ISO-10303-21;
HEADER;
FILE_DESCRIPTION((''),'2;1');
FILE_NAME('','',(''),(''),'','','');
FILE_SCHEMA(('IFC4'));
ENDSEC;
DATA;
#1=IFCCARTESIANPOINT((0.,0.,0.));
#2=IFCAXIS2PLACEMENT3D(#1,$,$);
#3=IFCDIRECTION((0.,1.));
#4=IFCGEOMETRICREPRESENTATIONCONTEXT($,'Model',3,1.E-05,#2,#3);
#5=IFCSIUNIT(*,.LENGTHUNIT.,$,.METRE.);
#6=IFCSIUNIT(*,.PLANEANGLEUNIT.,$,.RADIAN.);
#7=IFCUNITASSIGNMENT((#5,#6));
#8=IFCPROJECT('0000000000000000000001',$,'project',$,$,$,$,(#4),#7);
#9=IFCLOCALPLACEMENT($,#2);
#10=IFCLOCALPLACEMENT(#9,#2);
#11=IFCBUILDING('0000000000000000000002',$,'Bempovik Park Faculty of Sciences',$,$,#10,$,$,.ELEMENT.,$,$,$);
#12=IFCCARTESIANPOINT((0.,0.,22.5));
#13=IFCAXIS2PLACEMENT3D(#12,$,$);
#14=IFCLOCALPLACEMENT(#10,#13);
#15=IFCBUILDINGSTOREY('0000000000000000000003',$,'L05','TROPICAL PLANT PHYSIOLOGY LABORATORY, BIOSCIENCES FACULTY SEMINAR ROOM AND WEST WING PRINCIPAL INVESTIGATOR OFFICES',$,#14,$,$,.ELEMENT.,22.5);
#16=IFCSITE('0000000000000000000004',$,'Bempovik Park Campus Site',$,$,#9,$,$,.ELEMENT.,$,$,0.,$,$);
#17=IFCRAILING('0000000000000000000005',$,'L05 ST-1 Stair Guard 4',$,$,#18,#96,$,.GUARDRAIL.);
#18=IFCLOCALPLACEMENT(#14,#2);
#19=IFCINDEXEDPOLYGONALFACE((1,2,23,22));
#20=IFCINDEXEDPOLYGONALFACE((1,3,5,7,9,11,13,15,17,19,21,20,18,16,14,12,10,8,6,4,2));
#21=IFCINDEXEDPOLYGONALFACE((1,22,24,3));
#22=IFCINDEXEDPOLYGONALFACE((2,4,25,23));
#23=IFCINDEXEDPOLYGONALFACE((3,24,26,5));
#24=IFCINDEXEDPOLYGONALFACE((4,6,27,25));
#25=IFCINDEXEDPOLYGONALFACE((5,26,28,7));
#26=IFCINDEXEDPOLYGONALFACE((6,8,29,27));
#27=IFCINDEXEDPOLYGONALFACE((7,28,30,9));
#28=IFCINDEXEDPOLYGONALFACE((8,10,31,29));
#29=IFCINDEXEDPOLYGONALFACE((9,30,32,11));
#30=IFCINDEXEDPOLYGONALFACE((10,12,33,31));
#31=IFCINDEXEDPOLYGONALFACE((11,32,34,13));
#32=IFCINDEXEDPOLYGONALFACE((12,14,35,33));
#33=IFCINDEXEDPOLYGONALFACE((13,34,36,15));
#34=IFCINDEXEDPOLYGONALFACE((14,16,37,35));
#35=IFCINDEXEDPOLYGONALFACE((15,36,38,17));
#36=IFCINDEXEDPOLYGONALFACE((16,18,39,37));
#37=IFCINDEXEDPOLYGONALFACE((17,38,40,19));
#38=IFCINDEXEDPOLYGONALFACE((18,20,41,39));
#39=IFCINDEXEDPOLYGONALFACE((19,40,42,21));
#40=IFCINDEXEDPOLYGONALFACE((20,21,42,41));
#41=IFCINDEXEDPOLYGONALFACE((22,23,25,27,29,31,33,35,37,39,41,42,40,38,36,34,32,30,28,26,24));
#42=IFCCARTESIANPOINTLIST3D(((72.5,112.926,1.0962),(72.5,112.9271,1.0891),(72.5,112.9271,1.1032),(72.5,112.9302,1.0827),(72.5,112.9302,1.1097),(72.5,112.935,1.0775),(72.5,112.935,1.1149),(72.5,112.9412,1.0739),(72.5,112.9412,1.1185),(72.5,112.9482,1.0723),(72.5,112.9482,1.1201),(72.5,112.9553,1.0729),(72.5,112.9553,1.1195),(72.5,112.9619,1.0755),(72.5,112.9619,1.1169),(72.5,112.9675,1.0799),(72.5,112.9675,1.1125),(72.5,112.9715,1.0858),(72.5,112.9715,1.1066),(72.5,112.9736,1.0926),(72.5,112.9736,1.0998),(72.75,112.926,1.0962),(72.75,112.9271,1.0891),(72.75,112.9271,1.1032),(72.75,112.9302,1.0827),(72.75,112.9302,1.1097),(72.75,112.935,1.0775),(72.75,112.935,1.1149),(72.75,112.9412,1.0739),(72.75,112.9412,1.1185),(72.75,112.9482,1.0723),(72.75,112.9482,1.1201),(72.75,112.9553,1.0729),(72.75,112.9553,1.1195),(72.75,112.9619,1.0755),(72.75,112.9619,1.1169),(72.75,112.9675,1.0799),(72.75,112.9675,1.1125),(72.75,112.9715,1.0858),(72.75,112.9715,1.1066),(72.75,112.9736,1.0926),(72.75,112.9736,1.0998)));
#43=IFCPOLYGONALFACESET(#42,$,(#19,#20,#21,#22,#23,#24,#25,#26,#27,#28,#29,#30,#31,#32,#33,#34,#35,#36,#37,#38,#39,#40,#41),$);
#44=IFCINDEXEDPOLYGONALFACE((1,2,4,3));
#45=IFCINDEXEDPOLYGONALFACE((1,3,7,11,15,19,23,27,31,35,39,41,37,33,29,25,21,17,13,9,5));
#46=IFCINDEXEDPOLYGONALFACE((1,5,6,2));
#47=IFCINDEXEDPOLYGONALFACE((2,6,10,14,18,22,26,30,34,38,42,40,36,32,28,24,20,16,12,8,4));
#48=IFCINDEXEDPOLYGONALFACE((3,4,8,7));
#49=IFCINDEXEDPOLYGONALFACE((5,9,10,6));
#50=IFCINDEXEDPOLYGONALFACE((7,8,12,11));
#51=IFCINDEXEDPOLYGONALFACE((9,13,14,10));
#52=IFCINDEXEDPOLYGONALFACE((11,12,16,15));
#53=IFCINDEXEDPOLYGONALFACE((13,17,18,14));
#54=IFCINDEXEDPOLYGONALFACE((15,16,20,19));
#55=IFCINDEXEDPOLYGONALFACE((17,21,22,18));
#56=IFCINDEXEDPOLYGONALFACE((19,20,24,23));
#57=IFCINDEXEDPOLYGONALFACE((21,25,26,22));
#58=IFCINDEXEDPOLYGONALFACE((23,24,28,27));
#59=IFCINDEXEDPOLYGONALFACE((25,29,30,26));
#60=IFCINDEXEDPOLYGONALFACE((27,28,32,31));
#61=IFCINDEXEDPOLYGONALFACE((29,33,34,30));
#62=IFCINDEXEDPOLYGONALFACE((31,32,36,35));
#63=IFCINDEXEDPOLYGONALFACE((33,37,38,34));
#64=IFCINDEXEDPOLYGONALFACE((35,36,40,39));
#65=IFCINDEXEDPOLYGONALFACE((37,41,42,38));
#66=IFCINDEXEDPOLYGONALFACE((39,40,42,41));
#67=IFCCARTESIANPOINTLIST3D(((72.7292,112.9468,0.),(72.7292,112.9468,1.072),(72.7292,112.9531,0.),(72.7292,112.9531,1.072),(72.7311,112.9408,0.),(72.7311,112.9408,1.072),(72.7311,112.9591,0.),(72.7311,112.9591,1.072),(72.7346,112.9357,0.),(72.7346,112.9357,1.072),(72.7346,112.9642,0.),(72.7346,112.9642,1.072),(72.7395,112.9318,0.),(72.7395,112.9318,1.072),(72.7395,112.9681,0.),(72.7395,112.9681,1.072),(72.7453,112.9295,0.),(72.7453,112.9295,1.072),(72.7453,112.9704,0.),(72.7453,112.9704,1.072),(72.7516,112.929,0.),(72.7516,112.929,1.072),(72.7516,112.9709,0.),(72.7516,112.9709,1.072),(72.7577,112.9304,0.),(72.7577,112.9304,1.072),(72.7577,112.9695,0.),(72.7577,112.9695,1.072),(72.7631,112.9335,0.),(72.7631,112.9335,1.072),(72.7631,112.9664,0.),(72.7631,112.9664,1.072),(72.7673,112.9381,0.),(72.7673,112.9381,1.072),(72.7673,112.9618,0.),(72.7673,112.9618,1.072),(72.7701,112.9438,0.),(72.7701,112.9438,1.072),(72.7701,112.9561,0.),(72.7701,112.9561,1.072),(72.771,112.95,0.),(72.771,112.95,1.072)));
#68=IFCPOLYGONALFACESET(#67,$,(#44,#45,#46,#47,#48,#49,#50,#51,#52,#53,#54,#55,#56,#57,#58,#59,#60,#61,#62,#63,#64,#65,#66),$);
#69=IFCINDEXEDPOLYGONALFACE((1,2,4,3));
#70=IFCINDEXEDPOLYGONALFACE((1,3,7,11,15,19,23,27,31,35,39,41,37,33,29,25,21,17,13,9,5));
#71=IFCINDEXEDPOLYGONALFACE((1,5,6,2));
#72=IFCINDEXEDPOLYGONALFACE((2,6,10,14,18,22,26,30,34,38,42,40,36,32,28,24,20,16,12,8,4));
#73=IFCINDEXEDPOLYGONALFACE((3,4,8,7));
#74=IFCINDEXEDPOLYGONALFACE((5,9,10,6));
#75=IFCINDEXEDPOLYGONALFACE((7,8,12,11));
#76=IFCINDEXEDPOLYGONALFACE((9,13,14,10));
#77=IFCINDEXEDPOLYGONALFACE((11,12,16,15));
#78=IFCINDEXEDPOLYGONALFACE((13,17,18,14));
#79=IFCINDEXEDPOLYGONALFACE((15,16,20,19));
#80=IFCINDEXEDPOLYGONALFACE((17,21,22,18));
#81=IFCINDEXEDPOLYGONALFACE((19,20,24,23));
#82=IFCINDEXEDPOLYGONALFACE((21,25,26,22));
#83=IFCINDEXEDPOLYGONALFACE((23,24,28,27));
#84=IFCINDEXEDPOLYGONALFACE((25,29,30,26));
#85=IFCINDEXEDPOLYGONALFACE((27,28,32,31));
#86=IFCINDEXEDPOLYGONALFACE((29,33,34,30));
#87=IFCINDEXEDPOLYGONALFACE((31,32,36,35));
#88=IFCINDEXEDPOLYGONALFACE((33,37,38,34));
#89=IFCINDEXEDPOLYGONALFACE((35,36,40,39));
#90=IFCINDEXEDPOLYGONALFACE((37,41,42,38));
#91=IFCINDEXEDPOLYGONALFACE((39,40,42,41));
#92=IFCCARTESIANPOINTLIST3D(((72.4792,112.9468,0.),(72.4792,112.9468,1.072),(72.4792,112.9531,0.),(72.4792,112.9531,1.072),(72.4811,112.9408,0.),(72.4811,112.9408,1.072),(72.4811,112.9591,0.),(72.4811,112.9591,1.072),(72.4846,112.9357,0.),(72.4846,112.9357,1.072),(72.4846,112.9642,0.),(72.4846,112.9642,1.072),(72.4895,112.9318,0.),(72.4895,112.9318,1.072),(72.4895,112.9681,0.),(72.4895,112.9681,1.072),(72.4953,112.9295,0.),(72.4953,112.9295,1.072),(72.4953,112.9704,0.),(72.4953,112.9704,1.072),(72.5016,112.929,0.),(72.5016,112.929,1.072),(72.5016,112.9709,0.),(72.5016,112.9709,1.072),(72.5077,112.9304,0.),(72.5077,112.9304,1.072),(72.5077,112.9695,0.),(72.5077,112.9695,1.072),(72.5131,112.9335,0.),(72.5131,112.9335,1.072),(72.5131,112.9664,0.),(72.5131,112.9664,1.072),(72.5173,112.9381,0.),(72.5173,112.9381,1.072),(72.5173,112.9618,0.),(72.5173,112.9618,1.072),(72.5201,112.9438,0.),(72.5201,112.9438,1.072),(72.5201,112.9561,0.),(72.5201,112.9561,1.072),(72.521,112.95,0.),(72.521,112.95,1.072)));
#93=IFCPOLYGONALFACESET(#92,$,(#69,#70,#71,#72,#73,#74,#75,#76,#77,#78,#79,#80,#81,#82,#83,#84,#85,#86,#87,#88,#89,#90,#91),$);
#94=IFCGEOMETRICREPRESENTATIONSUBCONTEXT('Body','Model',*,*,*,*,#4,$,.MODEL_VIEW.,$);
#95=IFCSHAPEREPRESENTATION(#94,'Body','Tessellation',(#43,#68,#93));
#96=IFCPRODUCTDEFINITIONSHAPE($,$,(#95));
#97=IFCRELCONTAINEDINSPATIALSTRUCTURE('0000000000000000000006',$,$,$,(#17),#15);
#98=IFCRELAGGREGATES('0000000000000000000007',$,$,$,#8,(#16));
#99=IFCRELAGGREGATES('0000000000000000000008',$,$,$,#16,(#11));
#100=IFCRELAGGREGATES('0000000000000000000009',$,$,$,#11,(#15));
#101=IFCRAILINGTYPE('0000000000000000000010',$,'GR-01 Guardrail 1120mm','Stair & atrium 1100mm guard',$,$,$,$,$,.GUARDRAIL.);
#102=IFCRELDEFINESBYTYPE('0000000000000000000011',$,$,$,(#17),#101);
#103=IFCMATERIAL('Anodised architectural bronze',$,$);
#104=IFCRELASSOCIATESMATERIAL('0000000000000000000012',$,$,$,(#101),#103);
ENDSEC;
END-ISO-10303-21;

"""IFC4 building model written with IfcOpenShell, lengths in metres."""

from ifc_helpers import new_model, si_unit, direction, frame, origin, origin_2d, place, context, subcontext, project, spatial, circle, extrude, material, type_object, element, save


model = new_model("IFC4")

# Units and contexts
model_context = context("Model", 3, precision=1e-05, world=origin(), true_north=direction((0.0, 1.0)))
body_context = subcontext(model_context, "Body", "Model", "MODEL_VIEW")
ifc_project = project(units=[si_unit("LENGTHUNIT", "METRE"), si_unit("PLANEANGLEUNIT", "RADIAN")], contexts=[model_context])

# Site, building, storey
site_placement = place(None, origin())
site = spatial("IfcSite", under=ifc_project, at=site_placement, Name="Bempovik Park Campus Site", CompositionType="ELEMENT", RefElevation=0.0)
building_placement = place(site_placement, origin())
building = spatial("IfcBuilding", under=site, at=building_placement, Name="Bempovik Park Faculty of Sciences", CompositionType="ELEMENT")
storey_placement = place(building_placement, frame((0.0, 0.0, 22.5)))
storey = spatial("IfcBuildingStorey", under=building, at=storey_placement, Name="L05", Description="TROPICAL PLANT PHYSIOLOGY LABORATORY, BIOSCIENCES FACULTY SEMINAR ROOM AND WEST WING PRINCIPAL INVESTIGATOR OFFICES", CompositionType="ELEMENT", Elevation=22.5)

# Railing
ifc_material_1 = material(Name="Anodised architectural bronze")
railing_type_1 = type_object("IfcRailingType", Name="GR-01 Guardrail 1120mm", Description="Stair & atrium 1100mm guard", PredefinedType="GUARDRAIL", material=ifc_material_1)
railing_1_placement = place(storey_placement, frame((72.75, 112.95, 0.0)))
element("IfcRailing", 1, at=railing_1_placement, inside=storey, type_object=railing_type_1, Name="L05 ST-1 Stair Guard 4", PredefinedType="GUARDRAIL", context=body_context, shape_type="SweptSolid", body=[
    extrude(circle(Radius=0.0239, at=origin_2d()), frame((0.0, 0.0, 1.0962), z_axis=(-1.0, 0.0, 0.0), x_axis=(0.0, -1.0, 0.0)), (0.0, 0.0, 1.0), 0.25),
    extrude(circle(Radius=0.021, at=origin_2d()), origin(), (0.0, 0.0, 1.0), 1.072),
    extrude(circle(Radius=0.021, at=origin_2d()), frame((-0.25, 0.0, 0.0)), (0.0, 0.0, 1.0), 1.072),
])

save(model, "model.ifc")
